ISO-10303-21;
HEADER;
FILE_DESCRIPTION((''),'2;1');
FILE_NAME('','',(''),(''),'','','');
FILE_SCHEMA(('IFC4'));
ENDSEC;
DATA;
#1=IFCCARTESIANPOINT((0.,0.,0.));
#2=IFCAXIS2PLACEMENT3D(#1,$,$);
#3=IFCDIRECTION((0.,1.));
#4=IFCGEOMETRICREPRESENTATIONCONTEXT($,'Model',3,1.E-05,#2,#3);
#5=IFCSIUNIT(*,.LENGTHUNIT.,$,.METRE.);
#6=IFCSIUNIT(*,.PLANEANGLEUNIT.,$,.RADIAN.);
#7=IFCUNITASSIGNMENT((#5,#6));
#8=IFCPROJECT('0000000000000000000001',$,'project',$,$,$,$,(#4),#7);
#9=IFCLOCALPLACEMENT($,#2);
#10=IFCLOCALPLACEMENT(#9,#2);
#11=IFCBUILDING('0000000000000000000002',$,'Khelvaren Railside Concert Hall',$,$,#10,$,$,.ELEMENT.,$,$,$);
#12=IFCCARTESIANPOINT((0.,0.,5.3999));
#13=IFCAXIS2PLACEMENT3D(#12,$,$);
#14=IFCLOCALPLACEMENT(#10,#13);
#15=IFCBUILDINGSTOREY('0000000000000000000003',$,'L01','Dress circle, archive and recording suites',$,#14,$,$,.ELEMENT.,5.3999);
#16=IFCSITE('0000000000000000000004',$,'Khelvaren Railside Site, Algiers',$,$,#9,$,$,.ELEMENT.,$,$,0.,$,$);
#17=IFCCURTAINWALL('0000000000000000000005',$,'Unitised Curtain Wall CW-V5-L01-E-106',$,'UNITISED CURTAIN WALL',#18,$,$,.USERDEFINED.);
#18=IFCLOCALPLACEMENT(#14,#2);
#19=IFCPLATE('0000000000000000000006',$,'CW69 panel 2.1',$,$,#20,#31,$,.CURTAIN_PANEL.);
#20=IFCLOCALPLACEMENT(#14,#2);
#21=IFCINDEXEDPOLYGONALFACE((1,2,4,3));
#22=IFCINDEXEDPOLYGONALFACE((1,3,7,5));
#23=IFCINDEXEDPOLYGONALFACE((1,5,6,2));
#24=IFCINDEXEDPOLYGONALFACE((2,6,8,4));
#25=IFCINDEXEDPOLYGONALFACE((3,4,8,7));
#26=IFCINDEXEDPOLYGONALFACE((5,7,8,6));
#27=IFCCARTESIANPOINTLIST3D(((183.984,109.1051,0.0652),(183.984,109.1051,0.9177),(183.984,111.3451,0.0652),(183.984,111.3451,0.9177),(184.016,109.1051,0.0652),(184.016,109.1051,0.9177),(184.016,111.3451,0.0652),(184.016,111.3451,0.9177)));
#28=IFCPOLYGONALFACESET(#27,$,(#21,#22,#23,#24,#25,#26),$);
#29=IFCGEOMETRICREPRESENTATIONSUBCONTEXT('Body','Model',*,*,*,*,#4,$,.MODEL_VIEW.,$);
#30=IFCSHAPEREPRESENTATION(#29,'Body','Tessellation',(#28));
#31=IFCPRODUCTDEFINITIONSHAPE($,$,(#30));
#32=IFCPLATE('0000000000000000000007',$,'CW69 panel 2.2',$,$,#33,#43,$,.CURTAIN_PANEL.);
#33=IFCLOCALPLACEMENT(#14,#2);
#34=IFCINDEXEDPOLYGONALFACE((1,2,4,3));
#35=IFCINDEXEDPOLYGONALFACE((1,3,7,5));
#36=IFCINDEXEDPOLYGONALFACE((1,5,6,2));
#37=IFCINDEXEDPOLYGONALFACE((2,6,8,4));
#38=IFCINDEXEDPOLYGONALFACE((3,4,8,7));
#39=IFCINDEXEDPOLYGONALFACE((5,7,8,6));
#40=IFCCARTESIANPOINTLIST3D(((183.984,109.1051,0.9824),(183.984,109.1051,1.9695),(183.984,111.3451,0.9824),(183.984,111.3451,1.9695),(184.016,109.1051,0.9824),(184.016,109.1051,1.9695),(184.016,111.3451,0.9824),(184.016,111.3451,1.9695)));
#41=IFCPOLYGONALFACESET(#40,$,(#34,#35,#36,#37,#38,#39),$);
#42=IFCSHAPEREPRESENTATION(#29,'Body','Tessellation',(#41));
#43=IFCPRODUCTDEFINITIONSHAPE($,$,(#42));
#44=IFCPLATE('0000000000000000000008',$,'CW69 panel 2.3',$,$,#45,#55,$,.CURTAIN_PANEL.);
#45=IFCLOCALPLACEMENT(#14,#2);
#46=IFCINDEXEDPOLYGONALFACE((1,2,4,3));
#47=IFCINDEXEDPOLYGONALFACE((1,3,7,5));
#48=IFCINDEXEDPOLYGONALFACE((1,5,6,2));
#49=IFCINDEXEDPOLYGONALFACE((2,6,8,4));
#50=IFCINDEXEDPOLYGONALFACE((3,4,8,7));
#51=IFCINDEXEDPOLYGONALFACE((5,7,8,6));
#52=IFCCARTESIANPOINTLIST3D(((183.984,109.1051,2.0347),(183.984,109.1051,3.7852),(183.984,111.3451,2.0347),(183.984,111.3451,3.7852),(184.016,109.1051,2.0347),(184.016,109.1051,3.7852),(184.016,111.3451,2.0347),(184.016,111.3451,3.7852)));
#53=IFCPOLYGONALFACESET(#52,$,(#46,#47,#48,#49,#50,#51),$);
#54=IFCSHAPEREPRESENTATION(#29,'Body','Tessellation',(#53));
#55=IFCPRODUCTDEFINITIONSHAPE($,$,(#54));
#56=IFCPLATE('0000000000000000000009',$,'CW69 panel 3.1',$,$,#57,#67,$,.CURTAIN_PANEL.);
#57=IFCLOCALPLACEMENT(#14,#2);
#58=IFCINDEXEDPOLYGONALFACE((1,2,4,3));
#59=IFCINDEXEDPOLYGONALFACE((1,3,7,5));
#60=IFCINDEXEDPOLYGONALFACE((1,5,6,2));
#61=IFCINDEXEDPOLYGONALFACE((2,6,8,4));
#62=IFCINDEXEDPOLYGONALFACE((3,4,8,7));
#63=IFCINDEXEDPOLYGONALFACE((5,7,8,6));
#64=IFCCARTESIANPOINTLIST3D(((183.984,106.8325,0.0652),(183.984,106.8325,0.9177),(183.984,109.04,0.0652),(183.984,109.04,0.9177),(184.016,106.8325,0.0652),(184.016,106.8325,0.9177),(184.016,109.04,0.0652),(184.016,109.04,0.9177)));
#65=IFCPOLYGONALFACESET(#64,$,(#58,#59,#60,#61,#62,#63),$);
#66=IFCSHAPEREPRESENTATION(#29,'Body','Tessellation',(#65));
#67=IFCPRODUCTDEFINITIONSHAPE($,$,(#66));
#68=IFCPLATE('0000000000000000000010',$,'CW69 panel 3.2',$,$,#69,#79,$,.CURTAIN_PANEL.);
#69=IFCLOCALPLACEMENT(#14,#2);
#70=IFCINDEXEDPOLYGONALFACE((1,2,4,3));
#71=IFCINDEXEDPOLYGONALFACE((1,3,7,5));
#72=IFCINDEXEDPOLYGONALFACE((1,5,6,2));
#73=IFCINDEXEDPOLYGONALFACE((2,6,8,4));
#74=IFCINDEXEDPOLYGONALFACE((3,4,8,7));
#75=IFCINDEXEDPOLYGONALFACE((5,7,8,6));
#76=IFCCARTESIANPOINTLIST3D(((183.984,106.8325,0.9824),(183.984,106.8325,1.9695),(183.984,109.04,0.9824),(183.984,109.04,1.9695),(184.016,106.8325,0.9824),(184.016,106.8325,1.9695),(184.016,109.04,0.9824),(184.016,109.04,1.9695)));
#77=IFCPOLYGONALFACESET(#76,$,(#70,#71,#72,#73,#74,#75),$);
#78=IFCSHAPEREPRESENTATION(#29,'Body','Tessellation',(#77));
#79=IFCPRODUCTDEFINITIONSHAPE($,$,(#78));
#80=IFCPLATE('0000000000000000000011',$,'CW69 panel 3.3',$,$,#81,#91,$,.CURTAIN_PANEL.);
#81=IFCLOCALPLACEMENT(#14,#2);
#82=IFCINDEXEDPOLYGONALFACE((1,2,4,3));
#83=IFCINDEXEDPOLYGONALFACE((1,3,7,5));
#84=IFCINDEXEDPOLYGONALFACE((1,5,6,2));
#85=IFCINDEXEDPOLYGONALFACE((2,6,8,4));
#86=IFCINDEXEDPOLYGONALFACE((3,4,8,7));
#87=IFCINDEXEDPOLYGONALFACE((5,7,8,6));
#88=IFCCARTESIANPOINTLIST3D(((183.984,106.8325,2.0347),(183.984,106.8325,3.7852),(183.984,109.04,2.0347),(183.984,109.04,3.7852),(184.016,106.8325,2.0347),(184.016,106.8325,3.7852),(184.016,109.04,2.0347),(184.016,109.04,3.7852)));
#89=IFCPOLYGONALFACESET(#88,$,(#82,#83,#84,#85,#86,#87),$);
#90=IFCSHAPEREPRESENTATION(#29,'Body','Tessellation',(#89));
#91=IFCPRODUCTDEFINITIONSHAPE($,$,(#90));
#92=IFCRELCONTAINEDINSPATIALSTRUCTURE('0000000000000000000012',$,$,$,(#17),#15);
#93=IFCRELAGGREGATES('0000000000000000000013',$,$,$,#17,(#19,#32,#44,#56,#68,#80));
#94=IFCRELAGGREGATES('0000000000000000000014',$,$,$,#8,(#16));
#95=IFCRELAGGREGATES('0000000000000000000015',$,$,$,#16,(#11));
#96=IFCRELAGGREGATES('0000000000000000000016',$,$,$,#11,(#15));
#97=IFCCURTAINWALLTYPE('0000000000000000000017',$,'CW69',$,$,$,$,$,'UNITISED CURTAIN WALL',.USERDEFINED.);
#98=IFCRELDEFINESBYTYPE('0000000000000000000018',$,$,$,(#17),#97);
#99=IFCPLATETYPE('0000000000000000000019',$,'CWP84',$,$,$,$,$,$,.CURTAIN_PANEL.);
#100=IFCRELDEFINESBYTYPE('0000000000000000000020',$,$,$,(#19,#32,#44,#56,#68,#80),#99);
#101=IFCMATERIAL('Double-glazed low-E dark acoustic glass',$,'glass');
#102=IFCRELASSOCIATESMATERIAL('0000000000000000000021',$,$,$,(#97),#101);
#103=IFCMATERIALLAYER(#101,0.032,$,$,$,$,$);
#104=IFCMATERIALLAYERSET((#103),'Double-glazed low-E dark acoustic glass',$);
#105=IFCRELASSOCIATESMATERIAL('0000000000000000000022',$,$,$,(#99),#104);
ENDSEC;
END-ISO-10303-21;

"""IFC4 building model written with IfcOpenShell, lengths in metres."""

from ifc_helpers import new_model, si_unit, direction, frame, origin, origin_2d, place, context, subcontext, project, spatial, rectangle, extrude, material, layer, layer_set, type_object, element, aggregate, save


model = new_model("IFC4")

# Units and contexts
model_context = context("Model", 3, precision=1e-05, world=origin(), true_north=direction((0.0, 1.0)))
body_context = subcontext(model_context, "Body", "Model", "MODEL_VIEW")
ifc_project = project(units=[si_unit("LENGTHUNIT", "METRE"), si_unit("PLANEANGLEUNIT", "RADIAN")], contexts=[model_context])

# Site, building, storey
site_placement = place(None, origin())
site = spatial("IfcSite", under=ifc_project, at=site_placement, Name="Khelvaren Railside Site, Algiers", CompositionType="ELEMENT", RefElevation=0.0)
building_placement = place(site_placement, origin())
building = spatial("IfcBuilding", under=site, at=building_placement, Name="Khelvaren Railside Concert Hall", CompositionType="ELEMENT")
storey_placement = place(building_placement, frame((0.0, 0.0, 5.3999)))
storey = spatial("IfcBuildingStorey", under=building, at=storey_placement, Name="L01", Description="Dress circle, archive and recording suites", CompositionType="ELEMENT", Elevation=5.3999)

# Curtain wall
ifc_material_1 = material(Name="Double-glazed low-E dark acoustic glass", Category="glass")
curtain_wall_type = type_object("IfcCurtainWallType", Name="CW69", ElementType="UNITISED CURTAIN WALL", PredefinedType="USERDEFINED", material=ifc_material_1)
curtain_wall_placement = place(storey_placement, origin())
curtain_wall = element("IfcCurtainWall", 1, at=curtain_wall_placement, inside=storey, type_object=curtain_wall_type, Name="Unitised Curtain Wall CW-V5-L01-E-106", ObjectType="UNITISED CURTAIN WALL", PredefinedType="USERDEFINED")

# Plates
ifc_layer = layer(ifc_material_1, 0.032)
ifc_layer_set = layer_set([ifc_layer], Name="Double-glazed low-E dark acoustic glass")
plate_type = type_object("IfcPlateType", Name="CWP84", PredefinedType="CURTAIN_PANEL", material=ifc_layer_set)
plate_1_placement = place(storey_placement, frame((184.0, 110.2251, 0.0652), z_axis=(0.0, 0.0, 1.0), x_axis=(0.0, -1.0, 0.0)))
plate_1 = element("IfcPlate", 2, at=plate_1_placement, type_object=plate_type, Name="CW69 panel 2.1", PredefinedType="CURTAIN_PANEL", context=body_context, shape_type="SweptSolid", body=[
    extrude(rectangle(XDim=2.24, YDim=0.032, at=origin_2d()), origin(), (0.0, 0.0, 1.0), 0.8525),
])
plate_2_placement = place(storey_placement, frame((184.0, 110.2251, 0.9824), z_axis=(0.0, 0.0, 1.0), x_axis=(0.0, -1.0, 0.0)))
plate_2 = element("IfcPlate", 3, at=plate_2_placement, type_object=plate_type, Name="CW69 panel 2.2", PredefinedType="CURTAIN_PANEL", context=body_context, shape_type="SweptSolid", body=[
    extrude(rectangle(XDim=2.24, YDim=0.032, at=origin_2d()), origin(), (0.0, 0.0, 1.0), 0.9871),
])
plate_3_placement = place(storey_placement, frame((184.0, 110.2251, 2.0347), z_axis=(0.0, 0.0, 1.0), x_axis=(0.0, -1.0, 0.0)))
plate_3 = element("IfcPlate", 4, at=plate_3_placement, type_object=plate_type, Name="CW69 panel 2.3", PredefinedType="CURTAIN_PANEL", context=body_context, shape_type="SweptSolid", body=[
    extrude(rectangle(XDim=2.24, YDim=0.032, at=origin_2d()), origin(), (0.0, 0.0, 1.0), 1.7505),
])
plate_4_placement = place(storey_placement, frame((184.0, 107.9363, 0.0652), z_axis=(0.0, 0.0, 1.0), x_axis=(0.0, -1.0, 0.0)))
plate_4 = element("IfcPlate", 5, at=plate_4_placement, type_object=plate_type, Name="CW69 panel 3.1", PredefinedType="CURTAIN_PANEL", context=body_context, shape_type="SweptSolid", body=[
    extrude(rectangle(XDim=2.2075, YDim=0.032, at=origin_2d()), origin(), (0.0, 0.0, 1.0), 0.8525),
])
plate_5_placement = place(storey_placement, frame((184.0, 107.9363, 0.9824), z_axis=(0.0, 0.0, 1.0), x_axis=(0.0, -1.0, 0.0)))
plate_5 = element("IfcPlate", 6, at=plate_5_placement, type_object=plate_type, Name="CW69 panel 3.2", PredefinedType="CURTAIN_PANEL", context=body_context, shape_type="SweptSolid", body=[
    extrude(rectangle(XDim=2.2075, YDim=0.032, at=origin_2d()), origin(), (0.0, 0.0, 1.0), 0.9871),
])
plate_6_placement = place(storey_placement, frame((184.0, 107.9363, 2.0347), z_axis=(0.0, 0.0, 1.0), x_axis=(0.0, -1.0, 0.0)))
plate_6 = element("IfcPlate", 7, at=plate_6_placement, type_object=plate_type, Name="CW69 panel 3.3", PredefinedType="CURTAIN_PANEL", context=body_context, shape_type="SweptSolid", body=[
    extrude(rectangle(XDim=2.2075, YDim=0.032, at=origin_2d()), origin(), (0.0, 0.0, 1.0), 1.7505),
])
aggregate(curtain_wall, [plate_1, plate_2, plate_3, plate_4, plate_5, plate_6])

save(model, "model.ifc")
